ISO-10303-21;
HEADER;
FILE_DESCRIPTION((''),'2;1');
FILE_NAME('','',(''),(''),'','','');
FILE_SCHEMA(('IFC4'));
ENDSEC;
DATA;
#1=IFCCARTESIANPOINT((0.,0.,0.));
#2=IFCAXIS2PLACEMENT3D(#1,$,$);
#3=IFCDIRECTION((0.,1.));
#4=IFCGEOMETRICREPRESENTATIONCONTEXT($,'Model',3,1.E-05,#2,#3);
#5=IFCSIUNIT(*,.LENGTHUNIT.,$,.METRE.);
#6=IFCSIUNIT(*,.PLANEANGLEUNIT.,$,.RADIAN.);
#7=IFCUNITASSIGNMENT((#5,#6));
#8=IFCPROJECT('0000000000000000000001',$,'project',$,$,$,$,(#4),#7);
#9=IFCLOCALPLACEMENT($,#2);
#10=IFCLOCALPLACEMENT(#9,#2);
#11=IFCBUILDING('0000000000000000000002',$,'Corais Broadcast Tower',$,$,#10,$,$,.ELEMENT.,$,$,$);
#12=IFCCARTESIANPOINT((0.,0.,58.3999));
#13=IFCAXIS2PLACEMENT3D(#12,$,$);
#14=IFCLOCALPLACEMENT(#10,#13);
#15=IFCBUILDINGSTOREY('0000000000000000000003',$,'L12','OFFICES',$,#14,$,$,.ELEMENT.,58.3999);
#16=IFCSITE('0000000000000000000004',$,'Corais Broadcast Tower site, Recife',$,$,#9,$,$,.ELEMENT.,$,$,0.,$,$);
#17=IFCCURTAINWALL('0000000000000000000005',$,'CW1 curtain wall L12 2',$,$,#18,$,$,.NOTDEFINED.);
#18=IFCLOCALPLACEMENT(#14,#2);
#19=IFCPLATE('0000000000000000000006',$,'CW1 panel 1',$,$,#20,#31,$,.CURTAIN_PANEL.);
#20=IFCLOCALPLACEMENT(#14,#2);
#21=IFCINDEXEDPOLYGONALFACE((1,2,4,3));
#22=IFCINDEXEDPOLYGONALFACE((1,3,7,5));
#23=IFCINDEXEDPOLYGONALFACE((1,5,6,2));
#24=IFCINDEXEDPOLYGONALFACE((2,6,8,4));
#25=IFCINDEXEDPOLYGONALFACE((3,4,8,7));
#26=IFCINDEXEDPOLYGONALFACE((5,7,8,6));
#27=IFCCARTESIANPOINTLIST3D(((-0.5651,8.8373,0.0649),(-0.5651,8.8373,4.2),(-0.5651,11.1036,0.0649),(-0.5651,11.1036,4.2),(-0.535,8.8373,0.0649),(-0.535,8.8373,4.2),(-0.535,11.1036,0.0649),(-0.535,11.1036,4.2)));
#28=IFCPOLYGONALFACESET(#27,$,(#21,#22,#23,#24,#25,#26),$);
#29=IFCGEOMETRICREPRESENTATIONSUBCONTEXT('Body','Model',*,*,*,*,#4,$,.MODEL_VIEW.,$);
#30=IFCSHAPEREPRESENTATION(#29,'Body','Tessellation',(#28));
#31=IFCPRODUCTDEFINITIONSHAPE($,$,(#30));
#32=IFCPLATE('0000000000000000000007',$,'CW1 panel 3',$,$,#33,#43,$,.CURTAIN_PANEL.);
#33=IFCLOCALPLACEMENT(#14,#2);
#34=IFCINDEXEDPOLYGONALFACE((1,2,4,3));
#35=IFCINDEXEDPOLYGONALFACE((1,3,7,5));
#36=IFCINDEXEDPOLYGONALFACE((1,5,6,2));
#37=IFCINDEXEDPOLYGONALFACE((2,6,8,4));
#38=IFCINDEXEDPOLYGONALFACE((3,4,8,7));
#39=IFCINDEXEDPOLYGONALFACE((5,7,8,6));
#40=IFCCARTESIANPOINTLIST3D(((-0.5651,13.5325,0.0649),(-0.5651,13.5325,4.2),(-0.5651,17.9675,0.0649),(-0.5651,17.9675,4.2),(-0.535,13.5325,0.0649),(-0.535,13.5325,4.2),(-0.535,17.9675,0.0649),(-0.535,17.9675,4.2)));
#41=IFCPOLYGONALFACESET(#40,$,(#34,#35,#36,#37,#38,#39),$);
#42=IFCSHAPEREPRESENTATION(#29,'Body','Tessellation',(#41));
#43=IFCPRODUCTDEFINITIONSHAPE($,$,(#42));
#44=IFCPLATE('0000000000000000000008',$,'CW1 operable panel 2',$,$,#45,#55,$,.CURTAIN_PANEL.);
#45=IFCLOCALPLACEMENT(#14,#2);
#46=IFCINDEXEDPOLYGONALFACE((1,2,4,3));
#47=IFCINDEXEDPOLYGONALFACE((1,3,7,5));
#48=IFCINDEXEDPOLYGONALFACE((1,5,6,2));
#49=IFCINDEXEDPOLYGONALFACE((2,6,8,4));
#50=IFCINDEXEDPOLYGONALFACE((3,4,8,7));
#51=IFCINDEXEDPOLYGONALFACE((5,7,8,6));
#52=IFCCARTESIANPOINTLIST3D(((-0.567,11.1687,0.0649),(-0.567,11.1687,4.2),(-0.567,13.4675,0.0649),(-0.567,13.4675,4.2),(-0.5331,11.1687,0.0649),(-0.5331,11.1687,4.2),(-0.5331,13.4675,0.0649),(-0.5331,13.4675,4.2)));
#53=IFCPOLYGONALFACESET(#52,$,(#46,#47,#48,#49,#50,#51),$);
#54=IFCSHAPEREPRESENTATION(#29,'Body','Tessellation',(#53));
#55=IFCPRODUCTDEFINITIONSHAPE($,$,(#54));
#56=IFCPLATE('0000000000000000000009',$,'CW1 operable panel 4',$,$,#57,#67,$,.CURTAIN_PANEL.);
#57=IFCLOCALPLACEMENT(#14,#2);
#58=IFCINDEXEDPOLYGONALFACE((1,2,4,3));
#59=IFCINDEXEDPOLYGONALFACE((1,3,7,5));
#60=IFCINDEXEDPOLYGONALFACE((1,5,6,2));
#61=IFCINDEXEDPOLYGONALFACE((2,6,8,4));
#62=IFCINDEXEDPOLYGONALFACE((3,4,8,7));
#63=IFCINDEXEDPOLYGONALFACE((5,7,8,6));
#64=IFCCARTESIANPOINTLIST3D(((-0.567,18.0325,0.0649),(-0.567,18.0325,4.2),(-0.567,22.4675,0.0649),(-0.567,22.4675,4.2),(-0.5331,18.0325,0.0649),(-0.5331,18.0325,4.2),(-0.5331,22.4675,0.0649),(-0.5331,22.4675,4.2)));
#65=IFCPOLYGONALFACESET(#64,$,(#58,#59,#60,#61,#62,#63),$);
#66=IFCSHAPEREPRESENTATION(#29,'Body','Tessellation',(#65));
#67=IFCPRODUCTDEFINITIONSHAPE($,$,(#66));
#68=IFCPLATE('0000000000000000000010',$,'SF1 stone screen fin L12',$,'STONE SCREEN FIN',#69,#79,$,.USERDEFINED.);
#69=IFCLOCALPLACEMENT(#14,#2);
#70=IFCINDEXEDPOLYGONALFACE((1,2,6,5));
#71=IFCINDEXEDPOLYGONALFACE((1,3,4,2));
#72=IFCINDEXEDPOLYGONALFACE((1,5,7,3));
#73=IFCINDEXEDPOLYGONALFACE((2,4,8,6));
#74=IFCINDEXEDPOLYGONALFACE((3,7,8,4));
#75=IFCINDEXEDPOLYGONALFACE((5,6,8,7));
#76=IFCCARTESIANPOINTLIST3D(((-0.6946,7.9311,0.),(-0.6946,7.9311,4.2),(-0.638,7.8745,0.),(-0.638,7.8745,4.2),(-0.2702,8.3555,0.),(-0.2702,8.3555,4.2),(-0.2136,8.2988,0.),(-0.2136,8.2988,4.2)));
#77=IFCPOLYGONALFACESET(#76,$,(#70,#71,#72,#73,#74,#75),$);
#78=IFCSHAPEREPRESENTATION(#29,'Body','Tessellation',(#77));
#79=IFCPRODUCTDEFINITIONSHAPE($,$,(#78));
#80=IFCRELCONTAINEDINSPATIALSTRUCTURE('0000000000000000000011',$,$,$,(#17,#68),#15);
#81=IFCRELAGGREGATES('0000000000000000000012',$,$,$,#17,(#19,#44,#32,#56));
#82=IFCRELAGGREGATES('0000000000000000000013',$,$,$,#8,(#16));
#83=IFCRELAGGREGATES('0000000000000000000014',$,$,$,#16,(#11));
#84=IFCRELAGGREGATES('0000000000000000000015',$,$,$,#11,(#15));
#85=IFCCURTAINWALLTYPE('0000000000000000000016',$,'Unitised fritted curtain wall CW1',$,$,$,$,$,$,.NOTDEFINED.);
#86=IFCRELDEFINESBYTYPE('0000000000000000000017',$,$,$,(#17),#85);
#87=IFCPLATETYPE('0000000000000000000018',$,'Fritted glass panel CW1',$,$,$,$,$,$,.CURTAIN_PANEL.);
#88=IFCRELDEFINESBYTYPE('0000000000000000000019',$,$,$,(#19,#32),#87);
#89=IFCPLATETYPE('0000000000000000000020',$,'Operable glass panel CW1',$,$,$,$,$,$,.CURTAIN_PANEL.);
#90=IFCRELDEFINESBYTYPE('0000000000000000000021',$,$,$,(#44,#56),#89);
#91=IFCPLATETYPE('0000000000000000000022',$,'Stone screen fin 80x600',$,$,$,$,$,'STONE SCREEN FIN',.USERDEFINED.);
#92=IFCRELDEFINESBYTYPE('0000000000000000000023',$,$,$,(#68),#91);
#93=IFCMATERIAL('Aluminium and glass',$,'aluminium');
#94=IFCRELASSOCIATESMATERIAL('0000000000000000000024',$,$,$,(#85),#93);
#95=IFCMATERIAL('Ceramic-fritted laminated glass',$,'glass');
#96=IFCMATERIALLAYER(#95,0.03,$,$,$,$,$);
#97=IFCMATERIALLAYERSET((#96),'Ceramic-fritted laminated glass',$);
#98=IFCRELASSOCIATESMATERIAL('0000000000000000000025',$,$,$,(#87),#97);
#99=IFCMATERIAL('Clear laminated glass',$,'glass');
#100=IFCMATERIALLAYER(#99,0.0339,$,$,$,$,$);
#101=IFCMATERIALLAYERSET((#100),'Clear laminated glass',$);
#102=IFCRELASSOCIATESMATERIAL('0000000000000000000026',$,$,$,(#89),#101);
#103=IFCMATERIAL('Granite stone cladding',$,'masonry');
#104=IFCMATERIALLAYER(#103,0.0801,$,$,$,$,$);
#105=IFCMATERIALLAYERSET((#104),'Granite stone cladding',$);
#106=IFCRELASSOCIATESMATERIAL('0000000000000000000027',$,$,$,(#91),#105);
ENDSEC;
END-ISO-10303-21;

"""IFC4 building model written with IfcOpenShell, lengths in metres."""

from ifc_helpers import new_model, si_unit, direction, frame, origin, origin_2d, place, context, subcontext, project, spatial, rectangle, extrude, material, layer, layer_set, type_object, element, aggregate, save


model = new_model("IFC4")

# Units and contexts
model_context = context("Model", 3, precision=1e-05, world=origin(), true_north=direction((0.0, 1.0)))
body_context = subcontext(model_context, "Body", "Model", "MODEL_VIEW")
ifc_project = project(units=[si_unit("LENGTHUNIT", "METRE"), si_unit("PLANEANGLEUNIT", "RADIAN")], contexts=[model_context])

# Site, building, storey
site_placement = place(None, origin())
site = spatial("IfcSite", under=ifc_project, at=site_placement, Name="Corais Broadcast Tower site, Recife", CompositionType="ELEMENT", RefElevation=0.0)
building_placement = place(site_placement, origin())
building = spatial("IfcBuilding", under=site, at=building_placement, Name="Corais Broadcast Tower", CompositionType="ELEMENT")
storey_placement = place(building_placement, frame((0.0, 0.0, 58.3999)))
storey = spatial("IfcBuildingStorey", under=building, at=storey_placement, Name="L12", Description="OFFICES", CompositionType="ELEMENT", Elevation=58.3999)

# Shared definitions
ifc_material_1 = material(Name="Aluminium and glass", Category="aluminium")
curtain_wall_type = type_object("IfcCurtainWallType", Name="Unitised fritted curtain wall CW1", PredefinedType="NOTDEFINED", material=ifc_material_1)

# Curtain wall
curtain_wall_1_placement = place(storey_placement, origin())
curtain_wall_1 = element("IfcCurtainWall", 1, at=curtain_wall_1_placement, inside=storey, type_object=curtain_wall_type, Name="CW1 curtain wall L12 2", PredefinedType="NOTDEFINED")

# Plates
ifc_material_2 = material(Name="Ceramic-fritted laminated glass", Category="glass")
ifc_layer_1 = layer(ifc_material_2, 0.03)
ifc_layer_set_1 = layer_set([ifc_layer_1], Name="Ceramic-fritted laminated glass")
plate_type_1 = type_object("IfcPlateType", Name="Fritted glass panel CW1", PredefinedType="CURTAIN_PANEL", material=ifc_layer_set_1)
plate_1_placement = place(storey_placement, frame((-0.55, 9.9705, 0.0649), z_axis=(0.0, 0.0, 1.0), x_axis=(0.0, 1.0, 0.0)))
plate_1 = element("IfcPlate", 2, at=plate_1_placement, type_object=plate_type_1, Name="CW1 panel 1", PredefinedType="CURTAIN_PANEL", context=body_context, shape_type="SweptSolid", body=[
    extrude(rectangle(XDim=2.2664, YDim=0.03, at=origin_2d()), origin(), (0.0, 0.0, 1.0), 4.135),
])
plate_2_placement = place(storey_placement, frame((-0.55, 15.75, 0.0649), z_axis=(0.0, 0.0, 1.0), x_axis=(0.0, 1.0, 0.0)))
plate_2 = element("IfcPlate", 3, at=plate_2_placement, type_object=plate_type_1, Name="CW1 panel 3", PredefinedType="CURTAIN_PANEL", context=body_context, shape_type="SweptSolid", body=[
    extrude(rectangle(XDim=4.4351, YDim=0.03, at=origin_2d()), origin(), (0.0, 0.0, 1.0), 4.135),
])
ifc_material_3 = material(Name="Clear laminated glass", Category="glass")
ifc_layer_2 = layer(ifc_material_3, 0.0339)
ifc_layer_set_2 = layer_set([ifc_layer_2], Name="Clear laminated glass")
plate_type_2 = type_object("IfcPlateType", Name="Operable glass panel CW1", PredefinedType="CURTAIN_PANEL", material=ifc_layer_set_2)
plate_3_placement = place(storey_placement, frame((-0.55, 12.3181, 0.0649), z_axis=(0.0, 0.0, 1.0), x_axis=(0.0, 1.0, 0.0)))
plate_3 = element("IfcPlate", 4, at=plate_3_placement, type_object=plate_type_2, Name="CW1 operable panel 2", PredefinedType="CURTAIN_PANEL", context=body_context, shape_type="SweptSolid", body=[
    extrude(rectangle(XDim=2.2988, YDim=0.0339, at=origin_2d()), origin(), (0.0, 0.0, 1.0), 4.135),
])
plate_4_placement = place(storey_placement, frame((-0.55, 20.25, 0.0649), z_axis=(0.0, 0.0, 1.0), x_axis=(0.0, 1.0, 0.0)))
plate_4 = element("IfcPlate", 5, at=plate_4_placement, type_object=plate_type_2, Name="CW1 operable panel 4", PredefinedType="CURTAIN_PANEL", context=body_context, shape_type="SweptSolid", body=[
    extrude(rectangle(XDim=4.4351, YDim=0.0339, at=origin_2d()), origin(), (0.0, 0.0, 1.0), 4.135),
])
aggregate(curtain_wall_1, [plate_1, plate_3, plate_2, plate_4])
ifc_material_4 = material(Name="Granite stone cladding", Category="masonry")
ifc_layer_3 = layer(ifc_material_4, 0.0801)
ifc_layer_set_3 = layer_set([ifc_layer_3], Name="Granite stone cladding")
plate_type_3 = type_object("IfcPlateType", Name="Stone screen fin 80x600", ElementType="STONE SCREEN FIN", PredefinedType="USERDEFINED", material=ifc_layer_set_3)
plate_5_placement = place(storey_placement, frame((-0.4541, 8.115, 0.0), z_axis=(0.0, 0.0, 1.0), x_axis=(-0.707107, 0.707107, 0.0)))
element("IfcPlate", 6, at=plate_5_placement, inside=storey, type_object=plate_type_3, Name="SF1 stone screen fin L12", ObjectType="STONE SCREEN FIN", PredefinedType="USERDEFINED", context=body_context, shape_type="SweptSolid", body=[
    extrude(rectangle(XDim=0.0801, YDim=0.6001, at=origin_2d()), origin(), (0.0, 0.0, 1.0), 4.2),
])

save(model, "model.ifc")
